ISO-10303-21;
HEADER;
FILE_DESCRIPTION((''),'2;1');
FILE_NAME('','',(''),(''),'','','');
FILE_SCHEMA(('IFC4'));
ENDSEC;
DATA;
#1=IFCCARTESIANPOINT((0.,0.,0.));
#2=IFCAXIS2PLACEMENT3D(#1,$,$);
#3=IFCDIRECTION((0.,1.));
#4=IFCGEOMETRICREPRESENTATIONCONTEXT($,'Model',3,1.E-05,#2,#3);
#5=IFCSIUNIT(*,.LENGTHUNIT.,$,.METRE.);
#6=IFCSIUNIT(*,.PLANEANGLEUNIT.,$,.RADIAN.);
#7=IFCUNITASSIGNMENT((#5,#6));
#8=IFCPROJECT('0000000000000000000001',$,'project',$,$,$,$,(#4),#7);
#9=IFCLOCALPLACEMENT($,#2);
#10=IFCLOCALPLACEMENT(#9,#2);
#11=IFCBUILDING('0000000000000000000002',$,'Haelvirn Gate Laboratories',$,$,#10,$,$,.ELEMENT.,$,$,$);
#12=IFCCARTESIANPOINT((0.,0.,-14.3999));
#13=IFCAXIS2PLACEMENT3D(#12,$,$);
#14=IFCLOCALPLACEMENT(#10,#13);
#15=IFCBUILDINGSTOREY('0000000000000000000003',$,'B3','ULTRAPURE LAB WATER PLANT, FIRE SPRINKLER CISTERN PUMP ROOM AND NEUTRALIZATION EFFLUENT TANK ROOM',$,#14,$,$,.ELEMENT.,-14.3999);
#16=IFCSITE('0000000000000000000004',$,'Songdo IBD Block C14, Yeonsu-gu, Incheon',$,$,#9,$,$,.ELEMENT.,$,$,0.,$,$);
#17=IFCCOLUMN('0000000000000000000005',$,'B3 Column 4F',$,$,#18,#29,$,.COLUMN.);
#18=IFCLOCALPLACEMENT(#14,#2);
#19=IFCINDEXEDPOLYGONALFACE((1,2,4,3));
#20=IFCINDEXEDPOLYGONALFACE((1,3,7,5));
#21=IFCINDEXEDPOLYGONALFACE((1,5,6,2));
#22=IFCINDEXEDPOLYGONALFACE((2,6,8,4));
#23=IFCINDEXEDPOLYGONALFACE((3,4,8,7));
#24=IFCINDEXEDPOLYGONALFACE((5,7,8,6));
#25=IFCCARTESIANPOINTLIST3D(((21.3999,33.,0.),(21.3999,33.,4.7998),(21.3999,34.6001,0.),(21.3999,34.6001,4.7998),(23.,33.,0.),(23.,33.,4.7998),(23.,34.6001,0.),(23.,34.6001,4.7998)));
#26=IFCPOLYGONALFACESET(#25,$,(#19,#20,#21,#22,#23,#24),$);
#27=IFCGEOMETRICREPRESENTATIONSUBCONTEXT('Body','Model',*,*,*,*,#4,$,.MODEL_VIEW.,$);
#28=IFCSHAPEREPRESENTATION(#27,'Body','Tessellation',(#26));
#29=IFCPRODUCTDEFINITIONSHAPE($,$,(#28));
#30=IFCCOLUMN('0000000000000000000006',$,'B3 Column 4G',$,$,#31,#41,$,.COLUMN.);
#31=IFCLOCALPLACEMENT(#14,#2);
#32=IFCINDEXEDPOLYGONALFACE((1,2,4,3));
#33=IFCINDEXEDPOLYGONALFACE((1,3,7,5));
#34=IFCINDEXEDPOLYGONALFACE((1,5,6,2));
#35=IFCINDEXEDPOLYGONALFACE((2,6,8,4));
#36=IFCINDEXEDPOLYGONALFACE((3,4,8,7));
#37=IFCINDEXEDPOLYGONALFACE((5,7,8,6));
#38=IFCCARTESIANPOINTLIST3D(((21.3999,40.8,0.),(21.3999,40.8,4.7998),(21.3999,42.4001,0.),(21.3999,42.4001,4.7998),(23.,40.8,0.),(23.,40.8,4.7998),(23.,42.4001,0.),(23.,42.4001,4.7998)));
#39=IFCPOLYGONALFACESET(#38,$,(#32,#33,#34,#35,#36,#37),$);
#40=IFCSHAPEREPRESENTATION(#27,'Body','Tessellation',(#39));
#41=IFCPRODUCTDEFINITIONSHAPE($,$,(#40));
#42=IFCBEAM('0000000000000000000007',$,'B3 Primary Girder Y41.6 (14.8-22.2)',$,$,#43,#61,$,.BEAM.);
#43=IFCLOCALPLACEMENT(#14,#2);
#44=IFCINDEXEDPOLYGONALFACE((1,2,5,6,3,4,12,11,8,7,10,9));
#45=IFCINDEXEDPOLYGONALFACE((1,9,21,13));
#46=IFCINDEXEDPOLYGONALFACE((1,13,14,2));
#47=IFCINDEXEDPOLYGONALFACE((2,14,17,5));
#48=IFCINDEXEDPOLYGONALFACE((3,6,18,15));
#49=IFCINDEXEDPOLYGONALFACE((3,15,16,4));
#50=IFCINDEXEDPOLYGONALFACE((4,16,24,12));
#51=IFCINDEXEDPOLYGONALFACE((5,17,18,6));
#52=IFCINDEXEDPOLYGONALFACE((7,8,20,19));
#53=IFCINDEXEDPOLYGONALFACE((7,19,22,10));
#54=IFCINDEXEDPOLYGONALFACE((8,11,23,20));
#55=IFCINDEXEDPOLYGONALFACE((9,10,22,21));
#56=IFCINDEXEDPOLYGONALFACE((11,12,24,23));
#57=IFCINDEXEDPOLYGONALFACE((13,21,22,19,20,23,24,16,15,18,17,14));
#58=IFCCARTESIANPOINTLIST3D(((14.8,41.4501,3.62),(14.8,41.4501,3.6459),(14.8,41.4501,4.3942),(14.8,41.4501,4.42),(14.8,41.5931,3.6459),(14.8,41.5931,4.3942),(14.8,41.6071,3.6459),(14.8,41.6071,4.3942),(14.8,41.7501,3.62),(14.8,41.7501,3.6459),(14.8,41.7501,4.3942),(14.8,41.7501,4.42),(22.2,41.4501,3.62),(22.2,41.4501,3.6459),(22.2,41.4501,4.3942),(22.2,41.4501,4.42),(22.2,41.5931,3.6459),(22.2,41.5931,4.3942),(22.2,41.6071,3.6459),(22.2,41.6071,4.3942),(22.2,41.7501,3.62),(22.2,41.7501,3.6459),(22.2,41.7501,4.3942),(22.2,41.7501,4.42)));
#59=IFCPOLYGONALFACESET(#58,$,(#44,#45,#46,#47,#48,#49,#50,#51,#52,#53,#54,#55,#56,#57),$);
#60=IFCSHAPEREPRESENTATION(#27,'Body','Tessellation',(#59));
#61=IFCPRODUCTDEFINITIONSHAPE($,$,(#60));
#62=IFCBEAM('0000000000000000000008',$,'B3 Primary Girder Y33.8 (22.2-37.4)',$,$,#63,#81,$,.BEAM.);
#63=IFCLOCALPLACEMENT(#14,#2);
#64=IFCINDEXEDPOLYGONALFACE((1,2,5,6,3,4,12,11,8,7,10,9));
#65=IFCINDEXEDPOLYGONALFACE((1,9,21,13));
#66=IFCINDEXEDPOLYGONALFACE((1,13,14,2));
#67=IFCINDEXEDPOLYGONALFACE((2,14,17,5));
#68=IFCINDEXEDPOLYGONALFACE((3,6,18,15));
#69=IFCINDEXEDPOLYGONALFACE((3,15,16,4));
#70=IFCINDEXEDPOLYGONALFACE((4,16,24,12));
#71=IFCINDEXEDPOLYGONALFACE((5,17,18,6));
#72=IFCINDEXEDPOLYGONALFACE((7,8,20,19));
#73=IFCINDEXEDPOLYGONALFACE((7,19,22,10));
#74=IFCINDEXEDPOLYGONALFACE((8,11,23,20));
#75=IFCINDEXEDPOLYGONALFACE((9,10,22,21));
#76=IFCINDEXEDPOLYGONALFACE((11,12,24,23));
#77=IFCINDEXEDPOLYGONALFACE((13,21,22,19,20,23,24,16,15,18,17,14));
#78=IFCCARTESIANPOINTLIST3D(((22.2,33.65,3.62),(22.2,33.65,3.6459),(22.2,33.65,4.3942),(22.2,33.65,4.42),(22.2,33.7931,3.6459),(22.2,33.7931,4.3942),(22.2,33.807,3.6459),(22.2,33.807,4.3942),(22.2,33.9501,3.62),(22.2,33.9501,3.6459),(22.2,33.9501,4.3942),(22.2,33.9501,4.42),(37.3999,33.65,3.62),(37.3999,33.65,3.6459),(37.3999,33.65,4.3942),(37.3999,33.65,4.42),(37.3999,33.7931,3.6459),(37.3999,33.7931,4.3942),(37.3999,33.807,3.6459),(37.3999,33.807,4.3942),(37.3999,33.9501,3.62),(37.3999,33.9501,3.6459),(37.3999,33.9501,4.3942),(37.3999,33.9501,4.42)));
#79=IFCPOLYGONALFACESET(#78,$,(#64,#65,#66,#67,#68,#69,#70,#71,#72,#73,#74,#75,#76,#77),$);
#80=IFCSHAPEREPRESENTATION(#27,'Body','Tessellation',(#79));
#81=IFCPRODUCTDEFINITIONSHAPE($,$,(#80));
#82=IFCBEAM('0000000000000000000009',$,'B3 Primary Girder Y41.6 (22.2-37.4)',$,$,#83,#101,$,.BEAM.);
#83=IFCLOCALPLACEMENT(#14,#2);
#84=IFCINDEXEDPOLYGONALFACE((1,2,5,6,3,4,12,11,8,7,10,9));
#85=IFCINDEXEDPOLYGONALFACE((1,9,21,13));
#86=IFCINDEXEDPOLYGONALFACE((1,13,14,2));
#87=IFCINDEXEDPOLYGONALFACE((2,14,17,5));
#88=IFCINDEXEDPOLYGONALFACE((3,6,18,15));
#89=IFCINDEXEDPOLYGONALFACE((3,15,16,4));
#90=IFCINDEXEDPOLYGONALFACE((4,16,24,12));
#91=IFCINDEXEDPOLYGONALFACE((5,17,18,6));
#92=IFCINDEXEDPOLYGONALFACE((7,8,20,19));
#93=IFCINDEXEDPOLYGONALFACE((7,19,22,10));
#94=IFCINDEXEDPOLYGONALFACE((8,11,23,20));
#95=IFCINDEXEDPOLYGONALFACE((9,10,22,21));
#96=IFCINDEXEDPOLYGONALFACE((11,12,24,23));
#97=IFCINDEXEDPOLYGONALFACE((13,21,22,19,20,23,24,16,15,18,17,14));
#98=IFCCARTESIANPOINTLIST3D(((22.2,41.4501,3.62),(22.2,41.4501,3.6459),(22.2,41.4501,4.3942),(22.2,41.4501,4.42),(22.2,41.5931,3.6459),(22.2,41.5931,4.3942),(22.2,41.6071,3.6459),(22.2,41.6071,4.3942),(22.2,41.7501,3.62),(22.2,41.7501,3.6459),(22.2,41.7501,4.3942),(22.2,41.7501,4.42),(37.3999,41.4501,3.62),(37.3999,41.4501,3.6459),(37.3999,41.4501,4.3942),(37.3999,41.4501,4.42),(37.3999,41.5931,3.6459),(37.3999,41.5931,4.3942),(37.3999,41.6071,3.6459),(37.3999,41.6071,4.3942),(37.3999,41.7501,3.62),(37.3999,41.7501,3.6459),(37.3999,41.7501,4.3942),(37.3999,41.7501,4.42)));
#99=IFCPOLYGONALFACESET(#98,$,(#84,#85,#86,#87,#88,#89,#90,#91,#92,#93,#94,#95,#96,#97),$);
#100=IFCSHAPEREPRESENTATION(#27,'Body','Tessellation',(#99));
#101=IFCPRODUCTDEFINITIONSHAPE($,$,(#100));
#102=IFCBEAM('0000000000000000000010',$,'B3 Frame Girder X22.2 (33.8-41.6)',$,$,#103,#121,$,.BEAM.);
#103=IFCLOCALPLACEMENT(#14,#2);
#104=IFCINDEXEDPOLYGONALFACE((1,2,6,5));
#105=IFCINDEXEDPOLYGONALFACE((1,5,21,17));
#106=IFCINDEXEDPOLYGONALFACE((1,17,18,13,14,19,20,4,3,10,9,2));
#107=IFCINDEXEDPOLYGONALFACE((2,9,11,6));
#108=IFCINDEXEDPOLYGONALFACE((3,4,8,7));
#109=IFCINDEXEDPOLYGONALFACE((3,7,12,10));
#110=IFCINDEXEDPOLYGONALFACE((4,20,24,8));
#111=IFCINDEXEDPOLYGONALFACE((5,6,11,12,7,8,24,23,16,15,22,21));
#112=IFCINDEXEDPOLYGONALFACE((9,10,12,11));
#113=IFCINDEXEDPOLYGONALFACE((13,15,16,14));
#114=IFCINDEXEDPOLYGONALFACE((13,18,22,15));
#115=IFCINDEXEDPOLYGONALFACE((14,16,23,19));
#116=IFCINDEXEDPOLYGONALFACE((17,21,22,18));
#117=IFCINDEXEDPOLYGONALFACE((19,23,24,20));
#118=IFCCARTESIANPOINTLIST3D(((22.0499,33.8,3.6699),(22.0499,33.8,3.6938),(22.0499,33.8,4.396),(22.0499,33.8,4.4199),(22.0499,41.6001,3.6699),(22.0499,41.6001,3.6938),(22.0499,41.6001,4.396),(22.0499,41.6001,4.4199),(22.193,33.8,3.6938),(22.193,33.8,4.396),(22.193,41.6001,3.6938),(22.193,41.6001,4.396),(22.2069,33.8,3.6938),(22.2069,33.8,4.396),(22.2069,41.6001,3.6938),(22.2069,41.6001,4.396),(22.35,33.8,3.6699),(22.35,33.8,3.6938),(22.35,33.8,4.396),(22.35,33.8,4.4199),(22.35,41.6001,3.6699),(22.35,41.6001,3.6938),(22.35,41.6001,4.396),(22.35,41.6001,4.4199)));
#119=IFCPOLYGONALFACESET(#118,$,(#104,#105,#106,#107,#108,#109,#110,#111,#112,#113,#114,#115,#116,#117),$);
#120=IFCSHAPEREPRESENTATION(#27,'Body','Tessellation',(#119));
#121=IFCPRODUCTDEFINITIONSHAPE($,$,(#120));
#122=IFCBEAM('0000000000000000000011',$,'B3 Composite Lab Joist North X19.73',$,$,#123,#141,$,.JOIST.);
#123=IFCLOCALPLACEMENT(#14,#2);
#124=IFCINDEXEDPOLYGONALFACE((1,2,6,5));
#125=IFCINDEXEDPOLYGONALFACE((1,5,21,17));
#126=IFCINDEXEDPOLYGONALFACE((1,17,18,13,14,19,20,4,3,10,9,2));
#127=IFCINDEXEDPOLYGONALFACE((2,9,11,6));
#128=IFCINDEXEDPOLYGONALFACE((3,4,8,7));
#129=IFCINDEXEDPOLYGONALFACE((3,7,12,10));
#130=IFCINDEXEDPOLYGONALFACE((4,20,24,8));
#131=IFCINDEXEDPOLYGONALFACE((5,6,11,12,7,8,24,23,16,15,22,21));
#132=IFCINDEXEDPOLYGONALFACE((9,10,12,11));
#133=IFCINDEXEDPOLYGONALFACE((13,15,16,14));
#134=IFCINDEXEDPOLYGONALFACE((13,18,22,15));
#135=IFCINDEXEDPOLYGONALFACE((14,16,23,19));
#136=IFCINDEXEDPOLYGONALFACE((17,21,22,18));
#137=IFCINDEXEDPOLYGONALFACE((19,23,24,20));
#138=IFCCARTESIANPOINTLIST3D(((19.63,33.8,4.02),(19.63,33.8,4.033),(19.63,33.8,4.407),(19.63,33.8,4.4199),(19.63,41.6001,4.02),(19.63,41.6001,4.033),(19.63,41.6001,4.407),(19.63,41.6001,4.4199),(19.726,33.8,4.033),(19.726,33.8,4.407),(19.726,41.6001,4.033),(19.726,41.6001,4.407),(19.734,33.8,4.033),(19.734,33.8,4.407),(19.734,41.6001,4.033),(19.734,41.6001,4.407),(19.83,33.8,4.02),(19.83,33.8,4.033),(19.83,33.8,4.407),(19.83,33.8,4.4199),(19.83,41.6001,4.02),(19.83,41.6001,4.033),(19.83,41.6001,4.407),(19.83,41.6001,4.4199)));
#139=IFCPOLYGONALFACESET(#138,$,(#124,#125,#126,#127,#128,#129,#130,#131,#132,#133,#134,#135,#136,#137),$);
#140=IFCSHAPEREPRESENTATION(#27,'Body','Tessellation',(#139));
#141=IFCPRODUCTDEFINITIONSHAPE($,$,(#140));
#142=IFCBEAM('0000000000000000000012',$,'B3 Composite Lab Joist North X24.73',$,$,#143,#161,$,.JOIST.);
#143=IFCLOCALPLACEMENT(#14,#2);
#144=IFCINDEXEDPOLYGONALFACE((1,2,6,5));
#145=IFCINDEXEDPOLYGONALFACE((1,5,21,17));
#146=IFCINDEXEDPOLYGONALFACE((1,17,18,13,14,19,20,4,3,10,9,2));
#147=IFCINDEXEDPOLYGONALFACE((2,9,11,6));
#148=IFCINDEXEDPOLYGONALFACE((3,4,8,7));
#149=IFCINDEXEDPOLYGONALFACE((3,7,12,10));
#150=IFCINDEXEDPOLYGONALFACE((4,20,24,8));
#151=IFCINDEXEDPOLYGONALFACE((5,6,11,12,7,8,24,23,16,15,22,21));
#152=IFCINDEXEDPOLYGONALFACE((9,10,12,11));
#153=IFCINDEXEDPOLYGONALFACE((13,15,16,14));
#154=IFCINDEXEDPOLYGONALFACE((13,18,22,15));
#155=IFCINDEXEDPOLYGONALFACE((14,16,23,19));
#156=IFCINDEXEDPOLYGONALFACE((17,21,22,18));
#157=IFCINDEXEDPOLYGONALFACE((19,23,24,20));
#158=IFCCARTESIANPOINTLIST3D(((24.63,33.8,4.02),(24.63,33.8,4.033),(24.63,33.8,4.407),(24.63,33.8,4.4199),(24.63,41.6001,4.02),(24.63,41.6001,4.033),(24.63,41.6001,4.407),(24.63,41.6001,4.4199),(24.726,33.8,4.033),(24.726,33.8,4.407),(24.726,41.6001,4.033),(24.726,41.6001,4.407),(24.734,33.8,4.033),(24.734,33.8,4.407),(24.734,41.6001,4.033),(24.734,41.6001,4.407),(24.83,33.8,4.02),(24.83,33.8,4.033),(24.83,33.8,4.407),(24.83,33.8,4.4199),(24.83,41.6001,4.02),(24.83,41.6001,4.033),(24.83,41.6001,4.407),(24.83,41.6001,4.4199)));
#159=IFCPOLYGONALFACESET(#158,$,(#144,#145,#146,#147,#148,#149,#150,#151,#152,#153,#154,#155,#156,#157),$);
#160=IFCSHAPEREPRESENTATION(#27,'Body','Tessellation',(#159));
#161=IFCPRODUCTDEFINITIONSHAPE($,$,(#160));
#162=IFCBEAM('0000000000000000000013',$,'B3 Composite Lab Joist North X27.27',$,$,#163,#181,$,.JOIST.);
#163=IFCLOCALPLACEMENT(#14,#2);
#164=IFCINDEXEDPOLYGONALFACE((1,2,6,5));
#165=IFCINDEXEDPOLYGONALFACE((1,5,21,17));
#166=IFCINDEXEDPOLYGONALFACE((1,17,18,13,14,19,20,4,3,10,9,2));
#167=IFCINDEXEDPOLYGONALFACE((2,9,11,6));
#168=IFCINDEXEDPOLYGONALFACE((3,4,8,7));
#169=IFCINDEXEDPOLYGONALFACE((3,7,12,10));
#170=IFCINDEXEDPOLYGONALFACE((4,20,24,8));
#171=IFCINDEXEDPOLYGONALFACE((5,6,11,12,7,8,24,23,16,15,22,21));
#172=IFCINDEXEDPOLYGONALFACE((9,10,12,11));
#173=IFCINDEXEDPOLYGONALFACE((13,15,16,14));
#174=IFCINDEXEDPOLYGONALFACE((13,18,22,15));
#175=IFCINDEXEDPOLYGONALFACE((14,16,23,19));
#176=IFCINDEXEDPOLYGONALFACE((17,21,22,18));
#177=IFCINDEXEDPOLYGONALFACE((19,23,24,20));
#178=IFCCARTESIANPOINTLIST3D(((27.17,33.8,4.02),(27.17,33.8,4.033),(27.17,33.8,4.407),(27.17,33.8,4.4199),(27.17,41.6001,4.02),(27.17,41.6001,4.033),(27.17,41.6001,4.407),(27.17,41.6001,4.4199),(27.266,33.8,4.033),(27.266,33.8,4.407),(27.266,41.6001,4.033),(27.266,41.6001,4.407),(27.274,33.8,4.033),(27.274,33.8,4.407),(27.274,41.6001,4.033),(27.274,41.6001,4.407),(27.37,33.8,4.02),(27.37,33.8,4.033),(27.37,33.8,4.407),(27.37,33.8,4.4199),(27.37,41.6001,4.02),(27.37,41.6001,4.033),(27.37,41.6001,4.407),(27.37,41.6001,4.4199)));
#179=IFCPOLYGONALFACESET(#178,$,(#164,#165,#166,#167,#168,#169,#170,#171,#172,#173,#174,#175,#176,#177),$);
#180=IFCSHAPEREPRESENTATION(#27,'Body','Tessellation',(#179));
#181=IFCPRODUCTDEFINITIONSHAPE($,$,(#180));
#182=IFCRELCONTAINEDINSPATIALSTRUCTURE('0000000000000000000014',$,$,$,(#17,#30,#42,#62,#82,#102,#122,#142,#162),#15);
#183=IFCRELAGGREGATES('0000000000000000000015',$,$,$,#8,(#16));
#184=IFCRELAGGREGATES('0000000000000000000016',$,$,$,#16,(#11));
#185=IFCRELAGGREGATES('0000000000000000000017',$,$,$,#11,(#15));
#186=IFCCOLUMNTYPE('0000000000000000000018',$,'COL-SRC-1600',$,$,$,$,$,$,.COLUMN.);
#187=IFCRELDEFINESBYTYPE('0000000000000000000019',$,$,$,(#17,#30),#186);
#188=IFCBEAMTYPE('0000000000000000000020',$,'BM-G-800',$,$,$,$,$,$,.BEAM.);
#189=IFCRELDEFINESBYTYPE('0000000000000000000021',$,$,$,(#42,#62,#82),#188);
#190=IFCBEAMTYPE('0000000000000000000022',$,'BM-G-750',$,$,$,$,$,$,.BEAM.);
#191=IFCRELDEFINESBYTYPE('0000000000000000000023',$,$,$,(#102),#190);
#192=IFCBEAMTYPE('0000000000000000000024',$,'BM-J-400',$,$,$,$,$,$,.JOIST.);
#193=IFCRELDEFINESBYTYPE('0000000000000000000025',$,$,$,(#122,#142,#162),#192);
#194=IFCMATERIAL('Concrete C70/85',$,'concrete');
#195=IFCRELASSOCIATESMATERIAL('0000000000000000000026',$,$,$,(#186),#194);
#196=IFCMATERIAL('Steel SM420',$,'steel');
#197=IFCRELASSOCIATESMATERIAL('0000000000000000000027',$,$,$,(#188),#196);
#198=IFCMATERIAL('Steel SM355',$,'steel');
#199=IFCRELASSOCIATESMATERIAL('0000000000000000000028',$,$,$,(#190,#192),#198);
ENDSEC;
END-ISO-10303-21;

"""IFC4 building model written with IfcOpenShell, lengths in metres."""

from ifc_helpers import new_model, si_unit, direction, frame, origin, origin_2d, place, context, subcontext, project, spatial, rectangle, i_section, extrude, source, transform, mapped, material, material_profile, profile_set, type_object, type_shapes, element, save


model = new_model("IFC4")

# Units and contexts
model_context = context("Model", 3, precision=1e-05, world=origin(), true_north=direction((0.0, 1.0)))
body_context = subcontext(model_context, "Body", "Model", "MODEL_VIEW")
ifc_project = project(units=[si_unit("LENGTHUNIT", "METRE"), si_unit("PLANEANGLEUNIT", "RADIAN")], contexts=[model_context])

# Site, building, storey
site_placement = place(None, origin())
site = spatial("IfcSite", under=ifc_project, at=site_placement, Name="Songdo IBD Block C14, Yeonsu-gu, Incheon", CompositionType="ELEMENT", RefElevation=0.0)
building_placement = place(site_placement, origin())
building = spatial("IfcBuilding", under=site, at=building_placement, Name="Haelvirn Gate Laboratories", CompositionType="ELEMENT")
storey_placement = place(building_placement, frame((0.0, 0.0, -14.3999)))
storey = spatial("IfcBuildingStorey", under=building, at=storey_placement, Name="B3", Description="ULTRAPURE LAB WATER PLANT, FIRE SPRINKLER CISTERN PUMP ROOM AND NEUTRALIZATION EFFLUENT TANK ROOM", CompositionType="ELEMENT", Elevation=-14.3999)

# Columns
ifc_material_1 = material(Name="Concrete C70/85", Category="concrete")
ifc_material_profile_1 = material_profile(ifc_material_1, rectangle(XDim=1.6001, YDim=1.6001, at=origin_2d()), Name="SRC-1600x1600")
ifc_profile_set_1 = profile_set([ifc_material_profile_1], Name="Concrete C70/85")
column_type_1 = type_object("IfcColumnType", Name="COL-SRC-1600", PredefinedType="COLUMN", material=ifc_profile_set_1)
shared_shape_1 = source(origin(), body_context, "Body", "SweptSolid", [
    extrude(rectangle(XDim=1.6001, YDim=1.6001, at=origin_2d()), origin(), (0.0, 0.0, 1.0), 4.7998),
])
type_shapes(column_type_1, [shared_shape_1])
for number, where, z_axis, x_axis, name in (
    (1, (22.2, 33.8, 0.0), (0.0, 0.0, 1.0), (1.0, 0.0, 0.0), "B3 Column 4F"),
    (2, (22.2, 41.6001, 0.0), (0.0, 0.0, 1.0), (1.0, 0.0, 0.0), "B3 Column 4G"),
):
    element("IfcColumn", number, at=place(storey_placement, frame(where, z_axis=z_axis, x_axis=x_axis)), inside=storey, type_object=column_type_1, Name=name, PredefinedType="COLUMN", context=body_context, shape_type="MappedRepresentation", body=[
        mapped(shared_shape_1, transform((0.0, 0.0, 0.0), scale=1.0)),
    ])

# Beams
ifc_material_2 = material(Name="Steel SM420", Category="steel")
ifc_material_profile_2 = material_profile(ifc_material_2, i_section(OverallWidth=0.3, OverallDepth=0.8, WebThickness=0.0139, FlangeThickness=0.0259, at=origin_2d()), Name="H-800x300x14x26")
ifc_profile_set_2 = profile_set([ifc_material_profile_2], Name="Steel SM420")
beam_type_1 = type_object("IfcBeamType", Name="BM-G-800", PredefinedType="BEAM", material=ifc_profile_set_2)
shared_shape_2 = source(origin(), body_context, "Body", "SweptSolid", [
    extrude(i_section(OverallWidth=0.3, OverallDepth=0.8, WebThickness=0.0139, FlangeThickness=0.0259, at=origin_2d()), origin(), (0.0, 0.0, 1.0), 7.3999),
])
beam_1_placement = place(storey_placement, frame((14.8, 41.6001, 4.02), z_axis=(1.0, 0.0, 0.0), x_axis=(0.0, 1.0, 0.0)))
element("IfcBeam", 3, at=beam_1_placement, inside=storey, type_object=beam_type_1, Name="B3 Primary Girder Y41.6 (14.8-22.2)", PredefinedType="BEAM", context=body_context, shape_type="MappedRepresentation", body=[
    mapped(shared_shape_2, transform((0.0, 0.0, 0.0), scale=1.0)),
])
shared_shape_3 = source(origin(), body_context, "Body", "SweptSolid", [
    extrude(i_section(OverallWidth=0.3, OverallDepth=0.8, WebThickness=0.0139, FlangeThickness=0.0259, at=origin_2d()), origin(), (0.0, 0.0, 1.0), 15.2),
])
type_shapes(beam_type_1, [shared_shape_2, shared_shape_3])
for number, where, z_axis, x_axis, name in (
    (4, (22.2, 33.8, 4.02), (1.0, 0.0, 0.0), (0.0, 1.0, 0.0), "B3 Primary Girder Y33.8 (22.2-37.4)"),
    (5, (22.2, 41.6001, 4.02), (1.0, 0.0, 0.0), (0.0, 1.0, 0.0), "B3 Primary Girder Y41.6 (22.2-37.4)"),
):
    element("IfcBeam", number, at=place(storey_placement, frame(where, z_axis=z_axis, x_axis=x_axis)), inside=storey, type_object=beam_type_1, Name=name, PredefinedType="BEAM", context=body_context, shape_type="MappedRepresentation", body=[
        mapped(shared_shape_3, transform((0.0, 0.0, 0.0), scale=1.0)),
    ])
ifc_material_3 = material(Name="Steel SM355", Category="steel")
ifc_material_profile_3 = material_profile(ifc_material_3, i_section(OverallWidth=0.3, OverallDepth=0.75, WebThickness=0.0139, FlangeThickness=0.0239, at=origin_2d()), Name="H-750x300x14x24")
ifc_profile_set_3 = profile_set([ifc_material_profile_3], Name="Steel SM355")
beam_type_2 = type_object("IfcBeamType", Name="BM-G-750", PredefinedType="BEAM", material=ifc_profile_set_3)
shared_shape_4 = source(origin(), body_context, "Body", "SweptSolid", [
    extrude(i_section(OverallWidth=0.3, OverallDepth=0.75, WebThickness=0.0139, FlangeThickness=0.0239, at=origin_2d()), origin(), (0.0, 0.0, 1.0), 7.8),
])
type_shapes(beam_type_2, [shared_shape_4])
beam_2_placement = place(storey_placement, frame((22.2, 33.8, 4.0449), z_axis=(0.0, 1.0, 0.0), x_axis=(-1.0, 0.0, 0.0)))
element("IfcBeam", 6, at=beam_2_placement, inside=storey, type_object=beam_type_2, Name="B3 Frame Girder X22.2 (33.8-41.6)", PredefinedType="BEAM", context=body_context, shape_type="MappedRepresentation", body=[
    mapped(shared_shape_4, transform((0.0, 0.0, 0.0), scale=1.0)),
])
ifc_material_profile_4 = material_profile(ifc_material_3, i_section(OverallWidth=0.2, OverallDepth=0.3999, WebThickness=0.0081, FlangeThickness=0.0129, at=origin_2d()), Name="H-400x200x8x13")
ifc_profile_set_4 = profile_set([ifc_material_profile_4], Name="Steel SM355")
beam_type_3 = type_object("IfcBeamType", Name="BM-J-400", PredefinedType="JOIST", material=ifc_profile_set_4)
shared_shape_5 = source(origin(), body_context, "Body", "SweptSolid", [
    extrude(i_section(OverallWidth=0.2, OverallDepth=0.3999, WebThickness=0.0081, FlangeThickness=0.0129, at=origin_2d()), origin(), (0.0, 0.0, 1.0), 7.8),
])
type_shapes(beam_type_3, [shared_shape_5])
for number, where, z_axis, x_axis, name in (
    (7, (19.73, 33.8, 4.22), (0.0, 1.0, 0.0), (-1.0, 0.0, 0.0), "B3 Composite Lab Joist North X19.73"),
    (8, (24.73, 33.8, 4.22), (0.0, 1.0, 0.0), (-1.0, 0.0, 0.0), "B3 Composite Lab Joist North X24.73"),
    (9, (27.27, 33.8, 4.22), (0.0, 1.0, 0.0), (-1.0, 0.0, 0.0), "B3 Composite Lab Joist North X27.27"),
):
    element("IfcBeam", number, at=place(storey_placement, frame(where, z_axis=z_axis, x_axis=x_axis)), inside=storey, type_object=beam_type_3, Name=name, PredefinedType="JOIST", context=body_context, shape_type="MappedRepresentation", body=[
        mapped(shared_shape_5, transform((0.0, 0.0, 0.0), scale=1.0)),
    ])

save(model, "model.ifc")
